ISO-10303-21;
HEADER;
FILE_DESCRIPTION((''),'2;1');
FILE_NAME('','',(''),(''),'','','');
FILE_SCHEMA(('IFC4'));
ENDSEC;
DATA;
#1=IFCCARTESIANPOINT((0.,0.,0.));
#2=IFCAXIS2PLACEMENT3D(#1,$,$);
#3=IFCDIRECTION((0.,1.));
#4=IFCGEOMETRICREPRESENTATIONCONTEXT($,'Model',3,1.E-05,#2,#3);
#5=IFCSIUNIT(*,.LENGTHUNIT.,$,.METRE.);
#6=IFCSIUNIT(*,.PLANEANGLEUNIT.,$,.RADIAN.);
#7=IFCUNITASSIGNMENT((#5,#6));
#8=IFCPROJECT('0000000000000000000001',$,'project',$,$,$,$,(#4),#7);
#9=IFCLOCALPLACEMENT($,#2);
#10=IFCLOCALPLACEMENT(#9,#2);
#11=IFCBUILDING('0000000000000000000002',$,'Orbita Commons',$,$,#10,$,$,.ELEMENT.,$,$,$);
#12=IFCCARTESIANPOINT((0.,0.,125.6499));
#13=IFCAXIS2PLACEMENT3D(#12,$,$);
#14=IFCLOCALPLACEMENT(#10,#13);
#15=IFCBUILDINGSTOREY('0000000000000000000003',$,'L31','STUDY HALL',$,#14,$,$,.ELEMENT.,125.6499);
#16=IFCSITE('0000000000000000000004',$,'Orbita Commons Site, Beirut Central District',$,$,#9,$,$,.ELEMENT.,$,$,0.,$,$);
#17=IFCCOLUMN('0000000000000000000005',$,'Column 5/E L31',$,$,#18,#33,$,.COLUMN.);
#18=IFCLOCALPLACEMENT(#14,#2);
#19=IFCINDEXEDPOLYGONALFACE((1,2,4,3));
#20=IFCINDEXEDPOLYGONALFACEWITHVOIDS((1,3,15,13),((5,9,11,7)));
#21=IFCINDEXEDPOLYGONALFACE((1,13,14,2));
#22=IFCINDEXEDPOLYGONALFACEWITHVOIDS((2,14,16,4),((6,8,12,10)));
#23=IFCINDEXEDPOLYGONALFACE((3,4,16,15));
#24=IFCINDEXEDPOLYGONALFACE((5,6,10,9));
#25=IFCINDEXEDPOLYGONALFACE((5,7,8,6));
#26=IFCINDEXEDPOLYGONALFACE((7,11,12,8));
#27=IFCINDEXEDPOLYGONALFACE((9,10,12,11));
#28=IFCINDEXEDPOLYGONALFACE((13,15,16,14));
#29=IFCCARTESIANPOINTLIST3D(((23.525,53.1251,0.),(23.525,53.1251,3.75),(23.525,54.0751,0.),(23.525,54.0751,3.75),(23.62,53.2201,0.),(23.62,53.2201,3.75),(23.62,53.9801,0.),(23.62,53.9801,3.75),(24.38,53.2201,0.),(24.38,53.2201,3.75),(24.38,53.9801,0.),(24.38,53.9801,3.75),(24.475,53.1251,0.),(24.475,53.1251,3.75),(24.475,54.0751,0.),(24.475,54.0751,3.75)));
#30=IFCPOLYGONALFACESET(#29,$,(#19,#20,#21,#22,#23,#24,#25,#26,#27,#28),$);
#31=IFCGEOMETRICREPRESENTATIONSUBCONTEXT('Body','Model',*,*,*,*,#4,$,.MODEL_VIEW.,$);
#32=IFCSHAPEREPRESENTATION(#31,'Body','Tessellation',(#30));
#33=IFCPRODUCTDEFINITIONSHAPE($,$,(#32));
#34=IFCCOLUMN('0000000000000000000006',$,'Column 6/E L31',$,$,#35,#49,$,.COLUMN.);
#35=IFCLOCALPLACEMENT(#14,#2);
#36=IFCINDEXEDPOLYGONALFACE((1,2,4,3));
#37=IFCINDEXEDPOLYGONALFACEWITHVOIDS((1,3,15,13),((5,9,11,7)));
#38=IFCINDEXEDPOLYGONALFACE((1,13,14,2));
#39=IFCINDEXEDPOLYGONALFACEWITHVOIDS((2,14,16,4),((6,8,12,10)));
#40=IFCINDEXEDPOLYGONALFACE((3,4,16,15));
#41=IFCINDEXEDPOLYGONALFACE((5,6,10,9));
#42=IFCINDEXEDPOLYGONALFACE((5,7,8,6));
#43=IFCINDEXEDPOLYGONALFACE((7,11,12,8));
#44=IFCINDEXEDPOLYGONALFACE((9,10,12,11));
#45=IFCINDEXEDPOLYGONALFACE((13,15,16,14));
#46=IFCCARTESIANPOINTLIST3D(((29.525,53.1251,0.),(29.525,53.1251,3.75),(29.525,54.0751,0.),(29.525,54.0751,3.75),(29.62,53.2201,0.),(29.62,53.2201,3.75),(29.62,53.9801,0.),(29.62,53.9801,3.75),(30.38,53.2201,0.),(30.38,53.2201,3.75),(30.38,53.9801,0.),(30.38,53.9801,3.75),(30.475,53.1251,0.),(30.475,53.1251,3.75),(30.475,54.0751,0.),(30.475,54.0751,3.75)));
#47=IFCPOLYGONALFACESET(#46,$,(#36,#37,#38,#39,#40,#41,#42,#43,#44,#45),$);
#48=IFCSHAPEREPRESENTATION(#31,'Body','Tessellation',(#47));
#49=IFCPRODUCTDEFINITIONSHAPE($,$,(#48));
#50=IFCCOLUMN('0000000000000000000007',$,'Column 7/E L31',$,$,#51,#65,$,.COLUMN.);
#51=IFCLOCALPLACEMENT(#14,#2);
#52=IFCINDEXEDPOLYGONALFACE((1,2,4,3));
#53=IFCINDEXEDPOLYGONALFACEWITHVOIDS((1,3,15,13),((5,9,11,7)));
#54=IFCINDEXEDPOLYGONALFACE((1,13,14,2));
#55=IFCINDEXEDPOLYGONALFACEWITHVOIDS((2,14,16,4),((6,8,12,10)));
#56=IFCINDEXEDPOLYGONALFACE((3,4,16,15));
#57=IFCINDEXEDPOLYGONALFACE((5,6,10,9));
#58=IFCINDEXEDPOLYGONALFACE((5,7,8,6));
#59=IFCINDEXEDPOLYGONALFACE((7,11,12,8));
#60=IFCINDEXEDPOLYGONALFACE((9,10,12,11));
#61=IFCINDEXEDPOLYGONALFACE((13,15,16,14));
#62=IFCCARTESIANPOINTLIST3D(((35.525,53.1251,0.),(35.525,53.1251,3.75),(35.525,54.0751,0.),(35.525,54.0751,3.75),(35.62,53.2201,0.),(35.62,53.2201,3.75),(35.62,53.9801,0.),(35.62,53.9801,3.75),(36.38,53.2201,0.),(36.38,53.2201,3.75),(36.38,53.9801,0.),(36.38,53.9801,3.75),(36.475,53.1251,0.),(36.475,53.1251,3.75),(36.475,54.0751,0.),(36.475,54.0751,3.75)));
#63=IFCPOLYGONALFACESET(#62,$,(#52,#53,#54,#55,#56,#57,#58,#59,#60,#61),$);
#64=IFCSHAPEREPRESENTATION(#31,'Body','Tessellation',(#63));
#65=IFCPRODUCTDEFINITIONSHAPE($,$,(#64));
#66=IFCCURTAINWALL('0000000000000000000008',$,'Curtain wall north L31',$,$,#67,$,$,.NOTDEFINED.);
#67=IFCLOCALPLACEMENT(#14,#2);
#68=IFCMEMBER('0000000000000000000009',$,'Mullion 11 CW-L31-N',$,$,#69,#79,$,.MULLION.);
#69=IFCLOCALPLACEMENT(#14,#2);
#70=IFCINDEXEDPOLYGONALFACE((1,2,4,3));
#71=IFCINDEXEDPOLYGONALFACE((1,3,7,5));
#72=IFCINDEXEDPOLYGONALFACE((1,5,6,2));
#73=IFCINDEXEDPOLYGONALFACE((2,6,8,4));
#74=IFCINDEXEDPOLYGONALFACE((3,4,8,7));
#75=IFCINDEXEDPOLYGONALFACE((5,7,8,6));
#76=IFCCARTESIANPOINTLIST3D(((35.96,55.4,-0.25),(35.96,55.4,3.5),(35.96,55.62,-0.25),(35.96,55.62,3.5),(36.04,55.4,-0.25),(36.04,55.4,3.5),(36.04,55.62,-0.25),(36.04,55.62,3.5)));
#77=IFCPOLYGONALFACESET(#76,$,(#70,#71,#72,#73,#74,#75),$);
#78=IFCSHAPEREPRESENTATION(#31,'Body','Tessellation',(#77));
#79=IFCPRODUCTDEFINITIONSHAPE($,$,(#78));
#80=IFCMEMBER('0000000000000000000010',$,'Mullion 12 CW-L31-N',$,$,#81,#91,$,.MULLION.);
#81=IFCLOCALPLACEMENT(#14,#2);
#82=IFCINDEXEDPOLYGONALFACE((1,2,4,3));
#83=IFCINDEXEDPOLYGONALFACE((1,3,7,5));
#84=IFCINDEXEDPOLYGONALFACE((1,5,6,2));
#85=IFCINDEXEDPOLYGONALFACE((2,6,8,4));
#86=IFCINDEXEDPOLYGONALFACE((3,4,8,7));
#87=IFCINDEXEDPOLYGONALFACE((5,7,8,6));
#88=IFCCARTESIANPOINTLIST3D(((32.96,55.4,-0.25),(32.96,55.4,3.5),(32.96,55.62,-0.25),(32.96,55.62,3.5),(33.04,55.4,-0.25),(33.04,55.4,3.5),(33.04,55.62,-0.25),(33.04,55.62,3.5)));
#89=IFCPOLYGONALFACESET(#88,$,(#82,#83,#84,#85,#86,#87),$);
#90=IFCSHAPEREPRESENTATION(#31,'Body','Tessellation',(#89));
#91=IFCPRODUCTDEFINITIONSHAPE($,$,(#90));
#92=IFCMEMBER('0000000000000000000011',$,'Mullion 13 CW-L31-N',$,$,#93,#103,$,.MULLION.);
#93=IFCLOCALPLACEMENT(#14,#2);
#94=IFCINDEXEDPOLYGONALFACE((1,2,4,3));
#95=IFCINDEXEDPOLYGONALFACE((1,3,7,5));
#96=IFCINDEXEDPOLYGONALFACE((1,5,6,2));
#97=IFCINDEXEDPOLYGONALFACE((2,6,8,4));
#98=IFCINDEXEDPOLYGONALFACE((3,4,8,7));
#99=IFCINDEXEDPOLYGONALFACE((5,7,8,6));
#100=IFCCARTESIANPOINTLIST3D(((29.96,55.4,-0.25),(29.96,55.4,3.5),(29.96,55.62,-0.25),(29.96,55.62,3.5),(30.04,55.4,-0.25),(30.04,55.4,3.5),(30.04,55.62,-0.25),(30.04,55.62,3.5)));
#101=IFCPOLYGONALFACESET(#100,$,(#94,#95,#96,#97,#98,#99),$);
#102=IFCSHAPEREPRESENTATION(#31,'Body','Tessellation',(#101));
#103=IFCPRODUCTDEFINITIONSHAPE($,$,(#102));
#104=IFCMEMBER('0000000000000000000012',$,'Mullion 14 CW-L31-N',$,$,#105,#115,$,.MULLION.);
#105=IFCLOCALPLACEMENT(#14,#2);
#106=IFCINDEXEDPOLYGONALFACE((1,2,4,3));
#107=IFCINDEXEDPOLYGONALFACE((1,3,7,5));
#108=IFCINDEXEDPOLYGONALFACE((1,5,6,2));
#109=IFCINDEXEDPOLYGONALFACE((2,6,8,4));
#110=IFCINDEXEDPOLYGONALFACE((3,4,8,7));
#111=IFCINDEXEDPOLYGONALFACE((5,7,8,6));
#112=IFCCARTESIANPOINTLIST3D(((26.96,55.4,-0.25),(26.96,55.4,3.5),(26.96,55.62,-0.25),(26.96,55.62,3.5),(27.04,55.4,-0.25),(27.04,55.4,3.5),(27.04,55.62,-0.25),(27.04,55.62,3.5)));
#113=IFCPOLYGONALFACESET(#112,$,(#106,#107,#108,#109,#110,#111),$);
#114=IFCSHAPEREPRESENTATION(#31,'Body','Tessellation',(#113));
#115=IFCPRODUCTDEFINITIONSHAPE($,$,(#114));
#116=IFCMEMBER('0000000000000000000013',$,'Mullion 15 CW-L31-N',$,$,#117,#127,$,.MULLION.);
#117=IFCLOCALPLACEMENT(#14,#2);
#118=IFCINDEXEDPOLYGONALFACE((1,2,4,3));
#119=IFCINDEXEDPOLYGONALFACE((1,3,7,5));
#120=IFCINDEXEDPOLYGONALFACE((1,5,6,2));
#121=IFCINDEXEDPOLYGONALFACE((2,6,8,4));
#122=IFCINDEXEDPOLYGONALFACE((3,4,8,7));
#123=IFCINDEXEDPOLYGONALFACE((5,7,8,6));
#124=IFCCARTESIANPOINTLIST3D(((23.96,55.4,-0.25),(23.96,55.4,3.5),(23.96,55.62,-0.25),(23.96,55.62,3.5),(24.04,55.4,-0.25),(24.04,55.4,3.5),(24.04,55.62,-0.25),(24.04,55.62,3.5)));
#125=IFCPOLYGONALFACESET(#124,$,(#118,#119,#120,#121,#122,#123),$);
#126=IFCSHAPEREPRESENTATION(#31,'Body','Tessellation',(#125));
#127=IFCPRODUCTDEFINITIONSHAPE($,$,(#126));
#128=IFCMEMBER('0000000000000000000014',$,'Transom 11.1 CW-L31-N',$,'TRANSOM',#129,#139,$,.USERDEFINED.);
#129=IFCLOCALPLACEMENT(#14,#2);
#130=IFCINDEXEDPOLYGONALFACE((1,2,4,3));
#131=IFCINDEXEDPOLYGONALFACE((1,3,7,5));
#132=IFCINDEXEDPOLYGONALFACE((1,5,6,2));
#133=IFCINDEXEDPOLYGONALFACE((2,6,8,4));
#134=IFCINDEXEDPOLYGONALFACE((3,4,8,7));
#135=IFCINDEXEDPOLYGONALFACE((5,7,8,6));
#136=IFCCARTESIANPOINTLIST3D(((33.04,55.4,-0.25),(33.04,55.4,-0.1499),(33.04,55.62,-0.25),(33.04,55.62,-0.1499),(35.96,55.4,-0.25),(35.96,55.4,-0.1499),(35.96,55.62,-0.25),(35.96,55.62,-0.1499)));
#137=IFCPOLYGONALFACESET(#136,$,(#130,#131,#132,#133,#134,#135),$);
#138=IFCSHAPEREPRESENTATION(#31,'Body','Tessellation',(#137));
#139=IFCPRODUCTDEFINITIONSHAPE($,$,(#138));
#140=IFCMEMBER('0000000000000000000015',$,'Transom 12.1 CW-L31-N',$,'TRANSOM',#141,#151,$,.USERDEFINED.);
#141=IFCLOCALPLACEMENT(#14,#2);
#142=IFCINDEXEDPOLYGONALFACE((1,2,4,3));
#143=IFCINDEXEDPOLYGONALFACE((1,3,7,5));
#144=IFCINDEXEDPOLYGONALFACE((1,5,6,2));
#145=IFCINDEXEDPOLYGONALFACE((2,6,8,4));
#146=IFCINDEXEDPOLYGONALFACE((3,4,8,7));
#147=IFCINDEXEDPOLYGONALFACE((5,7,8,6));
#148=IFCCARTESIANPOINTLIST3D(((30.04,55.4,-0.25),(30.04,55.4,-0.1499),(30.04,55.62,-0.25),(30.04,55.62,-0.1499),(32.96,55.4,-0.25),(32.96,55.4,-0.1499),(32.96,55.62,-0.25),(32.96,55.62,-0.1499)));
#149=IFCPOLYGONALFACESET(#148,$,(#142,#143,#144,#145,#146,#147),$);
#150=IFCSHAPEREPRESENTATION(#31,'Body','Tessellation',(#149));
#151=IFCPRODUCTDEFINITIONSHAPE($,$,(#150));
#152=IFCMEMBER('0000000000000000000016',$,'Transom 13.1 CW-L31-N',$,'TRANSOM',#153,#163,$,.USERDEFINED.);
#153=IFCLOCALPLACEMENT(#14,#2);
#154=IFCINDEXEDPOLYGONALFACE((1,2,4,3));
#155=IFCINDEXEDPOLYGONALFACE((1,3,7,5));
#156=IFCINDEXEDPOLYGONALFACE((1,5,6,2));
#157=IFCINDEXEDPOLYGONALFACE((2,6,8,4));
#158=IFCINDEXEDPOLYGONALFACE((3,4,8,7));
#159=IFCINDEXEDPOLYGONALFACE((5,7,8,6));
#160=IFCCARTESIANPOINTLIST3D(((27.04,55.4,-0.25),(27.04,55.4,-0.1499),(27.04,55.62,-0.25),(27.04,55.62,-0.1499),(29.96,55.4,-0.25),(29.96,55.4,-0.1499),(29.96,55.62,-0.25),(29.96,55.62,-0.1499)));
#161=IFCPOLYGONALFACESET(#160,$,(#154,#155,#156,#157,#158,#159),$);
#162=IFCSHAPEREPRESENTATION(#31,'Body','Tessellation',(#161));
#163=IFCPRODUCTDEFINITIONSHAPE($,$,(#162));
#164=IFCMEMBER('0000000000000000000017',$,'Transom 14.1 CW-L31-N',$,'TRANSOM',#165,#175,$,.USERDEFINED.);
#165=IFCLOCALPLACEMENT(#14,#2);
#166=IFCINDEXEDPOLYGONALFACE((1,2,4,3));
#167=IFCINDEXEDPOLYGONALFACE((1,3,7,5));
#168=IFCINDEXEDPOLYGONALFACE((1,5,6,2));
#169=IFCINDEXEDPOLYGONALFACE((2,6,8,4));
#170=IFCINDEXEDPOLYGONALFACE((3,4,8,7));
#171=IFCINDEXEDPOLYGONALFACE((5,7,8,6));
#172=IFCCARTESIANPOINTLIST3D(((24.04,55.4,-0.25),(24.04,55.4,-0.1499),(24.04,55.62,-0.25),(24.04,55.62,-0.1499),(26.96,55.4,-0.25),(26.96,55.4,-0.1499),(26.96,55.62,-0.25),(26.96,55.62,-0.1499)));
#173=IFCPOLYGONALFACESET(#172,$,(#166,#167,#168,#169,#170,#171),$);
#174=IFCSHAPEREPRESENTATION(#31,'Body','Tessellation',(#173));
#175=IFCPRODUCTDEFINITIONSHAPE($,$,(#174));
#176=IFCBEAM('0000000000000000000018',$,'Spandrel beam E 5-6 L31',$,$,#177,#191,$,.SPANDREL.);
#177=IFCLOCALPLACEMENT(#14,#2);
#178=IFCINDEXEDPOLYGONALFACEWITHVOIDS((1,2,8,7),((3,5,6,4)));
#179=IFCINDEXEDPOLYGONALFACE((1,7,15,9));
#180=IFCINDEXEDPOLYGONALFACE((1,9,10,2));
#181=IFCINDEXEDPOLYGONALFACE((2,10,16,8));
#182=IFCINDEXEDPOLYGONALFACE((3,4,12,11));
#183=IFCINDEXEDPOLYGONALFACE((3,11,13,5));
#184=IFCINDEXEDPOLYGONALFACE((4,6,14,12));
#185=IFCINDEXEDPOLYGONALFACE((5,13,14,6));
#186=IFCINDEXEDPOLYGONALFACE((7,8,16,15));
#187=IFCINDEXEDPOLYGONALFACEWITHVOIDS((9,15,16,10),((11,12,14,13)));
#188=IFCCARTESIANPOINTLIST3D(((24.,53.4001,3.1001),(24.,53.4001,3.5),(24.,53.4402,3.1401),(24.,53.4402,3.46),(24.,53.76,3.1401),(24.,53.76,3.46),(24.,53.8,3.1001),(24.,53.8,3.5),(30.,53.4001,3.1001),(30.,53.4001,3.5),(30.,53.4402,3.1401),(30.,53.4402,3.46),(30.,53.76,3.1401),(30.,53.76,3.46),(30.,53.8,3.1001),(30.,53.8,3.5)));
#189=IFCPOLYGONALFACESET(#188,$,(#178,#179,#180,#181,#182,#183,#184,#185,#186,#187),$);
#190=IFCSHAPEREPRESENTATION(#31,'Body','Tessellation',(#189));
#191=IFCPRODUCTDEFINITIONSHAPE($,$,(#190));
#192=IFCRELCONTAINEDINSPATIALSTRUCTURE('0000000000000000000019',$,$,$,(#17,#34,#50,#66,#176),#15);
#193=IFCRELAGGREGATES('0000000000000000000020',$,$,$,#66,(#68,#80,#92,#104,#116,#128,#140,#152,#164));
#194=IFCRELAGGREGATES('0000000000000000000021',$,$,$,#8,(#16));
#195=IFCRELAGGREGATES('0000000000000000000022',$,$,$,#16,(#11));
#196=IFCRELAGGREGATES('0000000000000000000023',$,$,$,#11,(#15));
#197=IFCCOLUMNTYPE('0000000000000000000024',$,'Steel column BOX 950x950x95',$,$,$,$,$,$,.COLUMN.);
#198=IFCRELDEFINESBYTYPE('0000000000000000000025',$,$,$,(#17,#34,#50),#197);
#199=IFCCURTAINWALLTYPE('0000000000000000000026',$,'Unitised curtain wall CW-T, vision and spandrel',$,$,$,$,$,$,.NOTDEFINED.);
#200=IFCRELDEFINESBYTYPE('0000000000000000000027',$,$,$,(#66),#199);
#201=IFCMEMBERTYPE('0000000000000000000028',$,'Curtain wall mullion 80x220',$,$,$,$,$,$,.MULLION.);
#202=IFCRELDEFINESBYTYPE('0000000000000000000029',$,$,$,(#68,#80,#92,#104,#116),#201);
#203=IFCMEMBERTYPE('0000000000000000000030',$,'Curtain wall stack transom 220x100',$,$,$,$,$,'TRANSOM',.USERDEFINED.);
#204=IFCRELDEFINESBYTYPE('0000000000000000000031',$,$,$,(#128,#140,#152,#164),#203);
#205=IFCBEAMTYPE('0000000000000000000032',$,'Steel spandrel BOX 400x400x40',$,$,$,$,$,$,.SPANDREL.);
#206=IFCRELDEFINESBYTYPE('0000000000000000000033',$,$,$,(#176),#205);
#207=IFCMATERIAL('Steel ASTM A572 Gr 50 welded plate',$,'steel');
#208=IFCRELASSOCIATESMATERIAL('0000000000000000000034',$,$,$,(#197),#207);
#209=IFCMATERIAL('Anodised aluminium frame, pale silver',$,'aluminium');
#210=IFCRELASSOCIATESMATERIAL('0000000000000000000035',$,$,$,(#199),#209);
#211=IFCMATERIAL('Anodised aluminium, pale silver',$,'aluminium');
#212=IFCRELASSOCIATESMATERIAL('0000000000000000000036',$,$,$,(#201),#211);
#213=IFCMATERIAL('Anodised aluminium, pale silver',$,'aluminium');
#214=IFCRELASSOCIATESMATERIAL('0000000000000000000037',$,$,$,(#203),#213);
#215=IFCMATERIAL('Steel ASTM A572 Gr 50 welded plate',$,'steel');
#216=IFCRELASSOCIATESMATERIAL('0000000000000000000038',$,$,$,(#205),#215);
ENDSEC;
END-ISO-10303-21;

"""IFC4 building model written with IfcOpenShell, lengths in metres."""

from ifc_helpers import new_model, si_unit, direction, frame, origin, origin_2d, place, context, subcontext, project, spatial, rectangle, hollow_rectangle, extrude, material, material_profile, profile_set, type_object, element, aggregate, save


model = new_model("IFC4")

# Units and contexts
model_context = context("Model", 3, precision=1e-05, world=origin(), true_north=direction((0.0, 1.0)))
body_context = subcontext(model_context, "Body", "Model", "MODEL_VIEW")
ifc_project = project(units=[si_unit("LENGTHUNIT", "METRE"), si_unit("PLANEANGLEUNIT", "RADIAN")], contexts=[model_context])

# Site, building, storey
site_placement = place(None, origin())
site = spatial("IfcSite", under=ifc_project, at=site_placement, Name="Orbita Commons Site, Beirut Central District", CompositionType="ELEMENT", RefElevation=0.0)
building_placement = place(site_placement, origin())
building = spatial("IfcBuilding", under=site, at=building_placement, Name="Orbita Commons", CompositionType="ELEMENT")
storey_placement = place(building_placement, frame((0.0, 0.0, 125.6499)))
storey = spatial("IfcBuildingStorey", under=building, at=storey_placement, Name="L31", Description="STUDY HALL", CompositionType="ELEMENT", Elevation=125.6499)

# Columns
ifc_material_1 = material(Name="Steel ASTM A572 Gr 50 welded plate", Category="steel")
ifc_material_profile_1 = material_profile(ifc_material_1, hollow_rectangle(XDim=0.95, YDim=0.95, WallThickness=0.095, at=origin_2d()), Name="BOX 950x950x95")
ifc_profile_set_1 = profile_set([ifc_material_profile_1], Name="Steel ASTM A572 Gr 50 welded plate")
column_type = type_object("IfcColumnType", Name="Steel column BOX 950x950x95", PredefinedType="COLUMN", material=ifc_profile_set_1)
for number, where, z_axis, x_axis, name in (
    (1, (24.0, 53.6001, 0.0), (0.0, 0.0, 1.0), (1.0, 0.0, 0.0), "Column 5/E L31"),
    (2, (30.0, 53.6001, 0.0), (0.0, 0.0, 1.0), (1.0, 0.0, 0.0), "Column 6/E L31"),
    (3, (36.0, 53.6001, 0.0), (0.0, 0.0, 1.0), (1.0, 0.0, 0.0), "Column 7/E L31"),
):
    element("IfcColumn", number, at=place(storey_placement, frame(where, z_axis=z_axis, x_axis=x_axis)), inside=storey, type_object=column_type, Name=name, PredefinedType="COLUMN", context=body_context, shape_type="SweptSolid", body=[
        extrude(hollow_rectangle(XDim=0.95, YDim=0.95, WallThickness=0.095, at=origin_2d()), origin(), (0.0, 0.0, 1.0), 3.75),
    ])

# Curtain wall, members
ifc_material_2 = material(Name="Anodised aluminium frame, pale silver", Category="aluminium")
curtain_wall_type = type_object("IfcCurtainWallType", Name="Unitised curtain wall CW-T, vision and spandrel", PredefinedType="NOTDEFINED", material=ifc_material_2)
curtain_wall_placement = place(storey_placement, origin())
curtain_wall = element("IfcCurtainWall", 4, at=curtain_wall_placement, inside=storey, type_object=curtain_wall_type, Name="Curtain wall north L31", PredefinedType="NOTDEFINED")
ifc_material_3 = material(Name="Anodised aluminium, pale silver", Category="aluminium")
ifc_material_profile_2 = material_profile(ifc_material_3, rectangle(XDim=0.0801, YDim=0.22, at=origin_2d()), Name="AL 80x220")
ifc_profile_set_2 = profile_set([ifc_material_profile_2], Name="Anodised aluminium, pale silver")
member_type_1 = type_object("IfcMemberType", Name="Curtain wall mullion 80x220", PredefinedType="MULLION", material=ifc_profile_set_2)
member_1_placement = place(storey_placement, frame((36.0, 55.51, -0.25), z_axis=(0.0, 0.0, 1.0), x_axis=(-1.0, 0.0, 0.0)))
member_1 = element("IfcMember", 5, at=member_1_placement, type_object=member_type_1, Name="Mullion 11 CW-L31-N", PredefinedType="MULLION", context=body_context, shape_type="SweptSolid", body=[
    extrude(rectangle(XDim=0.0801, YDim=0.22, at=origin_2d()), origin(), (0.0, 0.0, 1.0), 3.75),
])
member_2_placement = place(storey_placement, frame((33.0, 55.51, -0.25), z_axis=(0.0, 0.0, 1.0), x_axis=(-1.0, 0.0, 0.0)))
member_2 = element("IfcMember", 6, at=member_2_placement, type_object=member_type_1, Name="Mullion 12 CW-L31-N", PredefinedType="MULLION", context=body_context, shape_type="SweptSolid", body=[
    extrude(rectangle(XDim=0.0801, YDim=0.22, at=origin_2d()), origin(), (0.0, 0.0, 1.0), 3.75),
])
member_3_placement = place(storey_placement, frame((30.0, 55.51, -0.25), z_axis=(0.0, 0.0, 1.0), x_axis=(-1.0, 0.0, 0.0)))
member_3 = element("IfcMember", 7, at=member_3_placement, type_object=member_type_1, Name="Mullion 13 CW-L31-N", PredefinedType="MULLION", context=body_context, shape_type="SweptSolid", body=[
    extrude(rectangle(XDim=0.0801, YDim=0.22, at=origin_2d()), origin(), (0.0, 0.0, 1.0), 3.75),
])
member_4_placement = place(storey_placement, frame((27.0, 55.51, -0.25), z_axis=(0.0, 0.0, 1.0), x_axis=(-1.0, 0.0, 0.0)))
member_4 = element("IfcMember", 8, at=member_4_placement, type_object=member_type_1, Name="Mullion 14 CW-L31-N", PredefinedType="MULLION", context=body_context, shape_type="SweptSolid", body=[
    extrude(rectangle(XDim=0.0801, YDim=0.22, at=origin_2d()), origin(), (0.0, 0.0, 1.0), 3.75),
])
member_5_placement = place(storey_placement, frame((24.0, 55.51, -0.25), z_axis=(0.0, 0.0, 1.0), x_axis=(-1.0, 0.0, 0.0)))
member_5 = element("IfcMember", 9, at=member_5_placement, type_object=member_type_1, Name="Mullion 15 CW-L31-N", PredefinedType="MULLION", context=body_context, shape_type="SweptSolid", body=[
    extrude(rectangle(XDim=0.0801, YDim=0.22, at=origin_2d()), origin(), (0.0, 0.0, 1.0), 3.75),
])
ifc_material_4 = material(Name="Anodised aluminium, pale silver", Category="aluminium")
ifc_material_profile_3 = material_profile(ifc_material_4, rectangle(XDim=0.22, YDim=0.1001, at=origin_2d()), Name="AL 220x100")
ifc_profile_set_3 = profile_set([ifc_material_profile_3], Name="Anodised aluminium, pale silver")
member_type_2 = type_object("IfcMemberType", Name="Curtain wall stack transom 220x100", ElementType="TRANSOM", PredefinedType="USERDEFINED", material=ifc_profile_set_3)
member_6_placement = place(storey_placement, frame((35.96, 55.51, -0.2), z_axis=(-1.0, 0.0, 0.0), x_axis=(0.0, -1.0, 0.0)))
member_6 = element("IfcMember", 10, at=member_6_placement, type_object=member_type_2, Name="Transom 11.1 CW-L31-N", ObjectType="TRANSOM", PredefinedType="USERDEFINED", context=body_context, shape_type="SweptSolid", body=[
    extrude(rectangle(XDim=0.22, YDim=0.1001, at=origin_2d()), origin(), (0.0, 0.0, 1.0), 2.9199),
])
member_7_placement = place(storey_placement, frame((32.96, 55.51, -0.2), z_axis=(-1.0, 0.0, 0.0), x_axis=(0.0, -1.0, 0.0)))
member_7 = element("IfcMember", 11, at=member_7_placement, type_object=member_type_2, Name="Transom 12.1 CW-L31-N", ObjectType="TRANSOM", PredefinedType="USERDEFINED", context=body_context, shape_type="SweptSolid", body=[
    extrude(rectangle(XDim=0.22, YDim=0.1001, at=origin_2d()), origin(), (0.0, 0.0, 1.0), 2.9199),
])
member_8_placement = place(storey_placement, frame((29.96, 55.51, -0.2), z_axis=(-1.0, 0.0, 0.0), x_axis=(0.0, -1.0, 0.0)))
member_8 = element("IfcMember", 12, at=member_8_placement, type_object=member_type_2, Name="Transom 13.1 CW-L31-N", ObjectType="TRANSOM", PredefinedType="USERDEFINED", context=body_context, shape_type="SweptSolid", body=[
    extrude(rectangle(XDim=0.22, YDim=0.1001, at=origin_2d()), origin(), (0.0, 0.0, 1.0), 2.9199),
])
member_9_placement = place(storey_placement, frame((26.96, 55.51, -0.2), z_axis=(-1.0, 0.0, 0.0), x_axis=(0.0, -1.0, 0.0)))
member_9 = element("IfcMember", 13, at=member_9_placement, type_object=member_type_2, Name="Transom 14.1 CW-L31-N", ObjectType="TRANSOM", PredefinedType="USERDEFINED", context=body_context, shape_type="SweptSolid", body=[
    extrude(rectangle(XDim=0.22, YDim=0.1001, at=origin_2d()), origin(), (0.0, 0.0, 1.0), 2.9199),
])

# Beam
ifc_material_5 = material(Name="Steel ASTM A572 Gr 50 welded plate", Category="steel")
ifc_material_profile_4 = material_profile(ifc_material_5, hollow_rectangle(XDim=0.3999, YDim=0.3999, WallThickness=0.04, at=origin_2d()), Name="BOX 400x400x40")
ifc_profile_set_4 = profile_set([ifc_material_profile_4], Name="Steel ASTM A572 Gr 50 welded plate")
beam_type = type_object("IfcBeamType", Name="Steel spandrel BOX 400x400x40", PredefinedType="SPANDREL", material=ifc_profile_set_4)
for number, where, z_axis, x_axis, name in (
    (14, (24.0, 53.6001, 3.3), (1.0, 0.0, 0.0), (0.0, 1.0, 0.0), "Spandrel beam E 5-6 L31"),
):
    element("IfcBeam", number, at=place(storey_placement, frame(where, z_axis=z_axis, x_axis=x_axis)), inside=storey, type_object=beam_type, Name=name, PredefinedType="SPANDREL", context=body_context, shape_type="SweptSolid", body=[
        extrude(hollow_rectangle(XDim=0.3999, YDim=0.3999, WallThickness=0.04, at=origin_2d()), origin(), (0.0, 0.0, 1.0), 6.0),
    ])

aggregate(curtain_wall, [member_1, member_2, member_3, member_4, member_5, member_6, member_7, member_8, member_9])

save(model, "model.ifc")
